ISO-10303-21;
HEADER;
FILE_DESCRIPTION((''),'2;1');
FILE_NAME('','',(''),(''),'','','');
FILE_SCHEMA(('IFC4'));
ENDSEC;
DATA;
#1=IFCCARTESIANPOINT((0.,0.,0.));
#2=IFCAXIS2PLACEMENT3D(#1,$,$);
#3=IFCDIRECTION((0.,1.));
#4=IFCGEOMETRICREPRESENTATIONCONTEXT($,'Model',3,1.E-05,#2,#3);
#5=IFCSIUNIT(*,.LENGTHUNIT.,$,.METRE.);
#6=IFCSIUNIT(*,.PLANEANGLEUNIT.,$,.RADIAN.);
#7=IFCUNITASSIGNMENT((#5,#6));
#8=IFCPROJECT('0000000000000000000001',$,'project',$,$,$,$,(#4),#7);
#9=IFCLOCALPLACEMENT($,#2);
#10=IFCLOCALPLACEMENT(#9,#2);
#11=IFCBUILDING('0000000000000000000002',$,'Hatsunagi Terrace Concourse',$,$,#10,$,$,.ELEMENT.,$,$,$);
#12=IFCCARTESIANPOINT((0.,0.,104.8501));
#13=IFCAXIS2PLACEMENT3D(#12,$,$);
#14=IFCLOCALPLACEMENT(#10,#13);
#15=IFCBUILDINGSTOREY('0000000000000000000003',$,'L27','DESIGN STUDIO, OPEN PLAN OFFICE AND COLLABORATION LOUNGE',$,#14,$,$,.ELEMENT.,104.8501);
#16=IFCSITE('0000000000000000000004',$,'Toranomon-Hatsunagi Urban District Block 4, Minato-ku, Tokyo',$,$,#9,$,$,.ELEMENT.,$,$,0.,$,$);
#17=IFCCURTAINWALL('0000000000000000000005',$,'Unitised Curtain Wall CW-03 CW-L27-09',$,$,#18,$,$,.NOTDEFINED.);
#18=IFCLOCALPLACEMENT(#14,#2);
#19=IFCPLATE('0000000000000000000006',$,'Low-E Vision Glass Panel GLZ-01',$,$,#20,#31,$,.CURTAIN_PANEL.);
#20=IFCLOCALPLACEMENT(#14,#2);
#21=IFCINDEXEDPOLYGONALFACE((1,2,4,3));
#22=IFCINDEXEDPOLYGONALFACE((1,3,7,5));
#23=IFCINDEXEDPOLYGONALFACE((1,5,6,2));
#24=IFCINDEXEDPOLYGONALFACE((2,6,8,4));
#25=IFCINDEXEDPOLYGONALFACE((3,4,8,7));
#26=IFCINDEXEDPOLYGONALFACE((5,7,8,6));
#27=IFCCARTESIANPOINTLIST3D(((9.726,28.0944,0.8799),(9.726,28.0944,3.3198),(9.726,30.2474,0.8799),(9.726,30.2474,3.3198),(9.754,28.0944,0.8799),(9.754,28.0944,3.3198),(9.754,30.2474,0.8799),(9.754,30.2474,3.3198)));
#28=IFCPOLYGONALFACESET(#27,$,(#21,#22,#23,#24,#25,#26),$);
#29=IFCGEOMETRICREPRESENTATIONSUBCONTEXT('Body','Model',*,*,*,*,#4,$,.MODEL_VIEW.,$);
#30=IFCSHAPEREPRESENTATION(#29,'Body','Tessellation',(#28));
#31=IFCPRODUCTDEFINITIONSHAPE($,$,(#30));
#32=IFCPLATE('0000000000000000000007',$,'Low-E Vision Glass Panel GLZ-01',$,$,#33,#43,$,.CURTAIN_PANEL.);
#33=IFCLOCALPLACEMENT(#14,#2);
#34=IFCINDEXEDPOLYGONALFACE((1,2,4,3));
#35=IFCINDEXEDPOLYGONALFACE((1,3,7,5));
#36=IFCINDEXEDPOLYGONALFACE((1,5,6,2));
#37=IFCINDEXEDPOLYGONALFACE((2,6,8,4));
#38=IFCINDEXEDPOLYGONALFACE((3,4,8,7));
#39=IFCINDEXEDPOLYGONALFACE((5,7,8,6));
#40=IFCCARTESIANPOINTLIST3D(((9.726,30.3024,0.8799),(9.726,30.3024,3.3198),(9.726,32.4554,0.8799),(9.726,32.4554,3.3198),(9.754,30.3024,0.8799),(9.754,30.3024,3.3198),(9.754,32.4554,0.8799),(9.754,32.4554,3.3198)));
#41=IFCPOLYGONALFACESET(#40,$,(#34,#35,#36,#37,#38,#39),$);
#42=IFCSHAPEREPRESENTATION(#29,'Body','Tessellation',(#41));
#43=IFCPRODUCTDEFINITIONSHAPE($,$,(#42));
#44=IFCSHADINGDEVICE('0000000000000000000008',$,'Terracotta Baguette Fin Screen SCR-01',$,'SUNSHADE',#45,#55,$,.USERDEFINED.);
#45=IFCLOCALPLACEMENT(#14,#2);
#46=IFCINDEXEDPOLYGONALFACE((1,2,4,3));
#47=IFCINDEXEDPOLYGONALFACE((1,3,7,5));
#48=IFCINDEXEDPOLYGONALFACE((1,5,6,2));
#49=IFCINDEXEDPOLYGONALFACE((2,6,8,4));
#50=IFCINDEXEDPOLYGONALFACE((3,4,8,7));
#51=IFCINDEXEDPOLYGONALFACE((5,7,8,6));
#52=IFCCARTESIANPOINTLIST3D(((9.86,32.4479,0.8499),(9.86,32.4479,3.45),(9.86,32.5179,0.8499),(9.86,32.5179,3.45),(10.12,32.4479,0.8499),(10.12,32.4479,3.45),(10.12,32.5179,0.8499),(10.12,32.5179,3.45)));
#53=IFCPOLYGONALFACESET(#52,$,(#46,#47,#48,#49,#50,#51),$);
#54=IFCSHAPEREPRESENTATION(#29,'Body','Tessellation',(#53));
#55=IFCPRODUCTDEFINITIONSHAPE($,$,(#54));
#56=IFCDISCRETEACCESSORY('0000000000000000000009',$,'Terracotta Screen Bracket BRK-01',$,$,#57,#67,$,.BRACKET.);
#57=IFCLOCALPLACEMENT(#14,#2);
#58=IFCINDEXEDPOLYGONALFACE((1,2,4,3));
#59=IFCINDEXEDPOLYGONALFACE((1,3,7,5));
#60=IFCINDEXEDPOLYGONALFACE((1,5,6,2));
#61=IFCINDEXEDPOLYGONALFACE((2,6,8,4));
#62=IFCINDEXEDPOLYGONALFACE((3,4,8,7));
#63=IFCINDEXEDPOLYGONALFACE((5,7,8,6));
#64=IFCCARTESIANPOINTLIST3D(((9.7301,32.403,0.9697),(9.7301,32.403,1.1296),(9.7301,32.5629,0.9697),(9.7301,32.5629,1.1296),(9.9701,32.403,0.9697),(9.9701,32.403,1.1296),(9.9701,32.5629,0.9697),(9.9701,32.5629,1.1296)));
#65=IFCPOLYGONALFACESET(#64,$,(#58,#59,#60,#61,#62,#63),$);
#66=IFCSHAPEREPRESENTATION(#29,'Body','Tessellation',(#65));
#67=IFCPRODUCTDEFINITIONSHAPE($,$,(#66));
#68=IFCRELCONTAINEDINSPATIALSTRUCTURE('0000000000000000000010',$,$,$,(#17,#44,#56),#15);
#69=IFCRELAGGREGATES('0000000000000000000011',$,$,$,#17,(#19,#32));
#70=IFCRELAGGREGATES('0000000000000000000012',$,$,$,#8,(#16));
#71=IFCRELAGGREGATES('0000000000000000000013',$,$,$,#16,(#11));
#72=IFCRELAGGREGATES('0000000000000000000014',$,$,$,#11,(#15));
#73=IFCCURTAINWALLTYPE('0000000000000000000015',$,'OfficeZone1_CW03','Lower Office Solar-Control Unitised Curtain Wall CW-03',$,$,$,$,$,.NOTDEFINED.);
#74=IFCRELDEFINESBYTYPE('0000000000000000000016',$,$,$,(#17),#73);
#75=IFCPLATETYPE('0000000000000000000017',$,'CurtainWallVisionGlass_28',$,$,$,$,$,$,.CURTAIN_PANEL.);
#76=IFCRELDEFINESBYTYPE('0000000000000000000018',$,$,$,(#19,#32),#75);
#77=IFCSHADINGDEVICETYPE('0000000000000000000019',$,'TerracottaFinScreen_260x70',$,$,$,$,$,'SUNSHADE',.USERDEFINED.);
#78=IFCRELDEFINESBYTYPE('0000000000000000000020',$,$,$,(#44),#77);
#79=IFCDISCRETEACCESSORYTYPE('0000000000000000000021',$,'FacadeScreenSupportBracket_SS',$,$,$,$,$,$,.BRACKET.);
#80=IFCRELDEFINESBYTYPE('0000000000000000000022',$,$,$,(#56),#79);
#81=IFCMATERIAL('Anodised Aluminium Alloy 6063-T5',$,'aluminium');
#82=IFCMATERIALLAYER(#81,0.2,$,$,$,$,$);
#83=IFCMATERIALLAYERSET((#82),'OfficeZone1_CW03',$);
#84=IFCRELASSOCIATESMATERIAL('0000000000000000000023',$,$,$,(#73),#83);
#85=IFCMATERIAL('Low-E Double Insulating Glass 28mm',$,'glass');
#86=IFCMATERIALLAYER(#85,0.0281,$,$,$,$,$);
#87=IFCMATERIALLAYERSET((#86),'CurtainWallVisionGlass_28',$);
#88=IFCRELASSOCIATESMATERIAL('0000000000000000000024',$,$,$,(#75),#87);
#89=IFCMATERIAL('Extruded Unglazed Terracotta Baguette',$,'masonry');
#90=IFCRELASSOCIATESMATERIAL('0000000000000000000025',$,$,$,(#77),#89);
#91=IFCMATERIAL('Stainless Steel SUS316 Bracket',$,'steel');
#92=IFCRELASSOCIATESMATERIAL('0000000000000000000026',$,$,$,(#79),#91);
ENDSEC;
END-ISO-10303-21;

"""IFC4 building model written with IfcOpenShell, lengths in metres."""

from ifc_helpers import new_model, si_unit, direction, frame, origin, origin_2d, place, context, subcontext, project, spatial, rectangle, extrude, material, layer, layer_set, type_object, element, aggregate, save


model = new_model("IFC4")

# Units and contexts
model_context = context("Model", 3, precision=1e-05, world=origin(), true_north=direction((0.0, 1.0)))
body_context = subcontext(model_context, "Body", "Model", "MODEL_VIEW")
ifc_project = project(units=[si_unit("LENGTHUNIT", "METRE"), si_unit("PLANEANGLEUNIT", "RADIAN")], contexts=[model_context])

# Site, building, storey
site_placement = place(None, origin())
site = spatial("IfcSite", under=ifc_project, at=site_placement, Name="Toranomon-Hatsunagi Urban District Block 4, Minato-ku, Tokyo", CompositionType="ELEMENT", RefElevation=0.0)
building_placement = place(site_placement, origin())
building = spatial("IfcBuilding", under=site, at=building_placement, Name="Hatsunagi Terrace Concourse", CompositionType="ELEMENT")
storey_placement = place(building_placement, frame((0.0, 0.0, 104.8501)))
storey = spatial("IfcBuildingStorey", under=building, at=storey_placement, Name="L27", Description="DESIGN STUDIO, OPEN PLAN OFFICE AND COLLABORATION LOUNGE", CompositionType="ELEMENT", Elevation=104.8501)

# Curtain wall
ifc_material_1 = material(Name="Anodised Aluminium Alloy 6063-T5", Category="aluminium")
ifc_layer_1 = layer(ifc_material_1, 0.2)
ifc_layer_set_1 = layer_set([ifc_layer_1], Name="OfficeZone1_CW03")
curtain_wall_type = type_object("IfcCurtainWallType", Name="OfficeZone1_CW03", Description="Lower Office Solar-Control Unitised Curtain Wall CW-03", PredefinedType="NOTDEFINED", material=ifc_layer_set_1)
curtain_wall_placement = place(storey_placement, origin())
curtain_wall = element("IfcCurtainWall", 1, at=curtain_wall_placement, inside=storey, type_object=curtain_wall_type, Name="Unitised Curtain Wall CW-03 CW-L27-09", PredefinedType="NOTDEFINED")

# Plates
ifc_material_2 = material(Name="Low-E Double Insulating Glass 28mm", Category="glass")
ifc_layer_2 = layer(ifc_material_2, 0.0281)
ifc_layer_set_2 = layer_set([ifc_layer_2], Name="CurtainWallVisionGlass_28")
plate_type_1 = type_object("IfcPlateType", Name="CurtainWallVisionGlass_28", PredefinedType="CURTAIN_PANEL", material=ifc_layer_set_2)
plate_1_placement = place(storey_placement, frame((9.74, 29.1709, 0.8799), z_axis=(0.0, 0.0, 1.0), x_axis=(0.0, 1.0, 0.0)))
plate_1 = element("IfcPlate", 2, at=plate_1_placement, type_object=plate_type_1, Name="Low-E Vision Glass Panel GLZ-01", PredefinedType="CURTAIN_PANEL", context=body_context, shape_type="SweptSolid", body=[
    extrude(rectangle(XDim=2.1531, YDim=0.0281, at=origin_2d()), origin(), (0.0, 0.0, 1.0), 2.4399),
])
plate_2_placement = place(storey_placement, frame((9.74, 31.3789, 0.8799), z_axis=(0.0, 0.0, 1.0), x_axis=(0.0, 1.0, 0.0)))
plate_2 = element("IfcPlate", 3, at=plate_2_placement, type_object=plate_type_1, Name="Low-E Vision Glass Panel GLZ-01", PredefinedType="CURTAIN_PANEL", context=body_context, shape_type="SweptSolid", body=[
    extrude(rectangle(XDim=2.1531, YDim=0.0281, at=origin_2d()), origin(), (0.0, 0.0, 1.0), 2.4399),
])
aggregate(curtain_wall, [plate_1, plate_2])

# Shading device
ifc_material_3 = material(Name="Extruded Unglazed Terracotta Baguette", Category="masonry")
shading_device_type = type_object("IfcShadingDeviceType", Name="TerracottaFinScreen_260x70", ElementType="SUNSHADE", PredefinedType="USERDEFINED", material=ifc_material_3)
shading_device_placement = place(storey_placement, frame((9.99, 32.4829, 0.8499), z_axis=(0.0, 0.0, 1.0), x_axis=(0.0, 1.0, 0.0)))
element("IfcShadingDevice", 4, at=shading_device_placement, inside=storey, type_object=shading_device_type, Name="Terracotta Baguette Fin Screen SCR-01", ObjectType="SUNSHADE", PredefinedType="USERDEFINED", context=body_context, shape_type="SweptSolid", body=[
    extrude(rectangle(XDim=0.0701, YDim=0.26, at=origin_2d()), origin(), (0.0, 0.0, 1.0), 2.6001),
])

# Discrete accessory
ifc_material_4 = material(Name="Stainless Steel SUS316 Bracket", Category="steel")
discrete_accessory_type = type_object("IfcDiscreteAccessoryType", Name="FacadeScreenSupportBracket_SS", PredefinedType="BRACKET", material=ifc_material_4)
discrete_accessory_placement = place(storey_placement, frame((9.8501, 32.4829, 0.9697), z_axis=(0.0, 0.0, 1.0), x_axis=(0.0, 1.0, 0.0)))
element("IfcDiscreteAccessory", 5, at=discrete_accessory_placement, inside=storey, type_object=discrete_accessory_type, Name="Terracotta Screen Bracket BRK-01", PredefinedType="BRACKET", context=body_context, shape_type="SweptSolid", body=[
    extrude(rectangle(XDim=0.1599, YDim=0.24, at=origin_2d()), origin(), (0.0, 0.0, 1.0), 0.1599),
])

save(model, "model.ifc")
